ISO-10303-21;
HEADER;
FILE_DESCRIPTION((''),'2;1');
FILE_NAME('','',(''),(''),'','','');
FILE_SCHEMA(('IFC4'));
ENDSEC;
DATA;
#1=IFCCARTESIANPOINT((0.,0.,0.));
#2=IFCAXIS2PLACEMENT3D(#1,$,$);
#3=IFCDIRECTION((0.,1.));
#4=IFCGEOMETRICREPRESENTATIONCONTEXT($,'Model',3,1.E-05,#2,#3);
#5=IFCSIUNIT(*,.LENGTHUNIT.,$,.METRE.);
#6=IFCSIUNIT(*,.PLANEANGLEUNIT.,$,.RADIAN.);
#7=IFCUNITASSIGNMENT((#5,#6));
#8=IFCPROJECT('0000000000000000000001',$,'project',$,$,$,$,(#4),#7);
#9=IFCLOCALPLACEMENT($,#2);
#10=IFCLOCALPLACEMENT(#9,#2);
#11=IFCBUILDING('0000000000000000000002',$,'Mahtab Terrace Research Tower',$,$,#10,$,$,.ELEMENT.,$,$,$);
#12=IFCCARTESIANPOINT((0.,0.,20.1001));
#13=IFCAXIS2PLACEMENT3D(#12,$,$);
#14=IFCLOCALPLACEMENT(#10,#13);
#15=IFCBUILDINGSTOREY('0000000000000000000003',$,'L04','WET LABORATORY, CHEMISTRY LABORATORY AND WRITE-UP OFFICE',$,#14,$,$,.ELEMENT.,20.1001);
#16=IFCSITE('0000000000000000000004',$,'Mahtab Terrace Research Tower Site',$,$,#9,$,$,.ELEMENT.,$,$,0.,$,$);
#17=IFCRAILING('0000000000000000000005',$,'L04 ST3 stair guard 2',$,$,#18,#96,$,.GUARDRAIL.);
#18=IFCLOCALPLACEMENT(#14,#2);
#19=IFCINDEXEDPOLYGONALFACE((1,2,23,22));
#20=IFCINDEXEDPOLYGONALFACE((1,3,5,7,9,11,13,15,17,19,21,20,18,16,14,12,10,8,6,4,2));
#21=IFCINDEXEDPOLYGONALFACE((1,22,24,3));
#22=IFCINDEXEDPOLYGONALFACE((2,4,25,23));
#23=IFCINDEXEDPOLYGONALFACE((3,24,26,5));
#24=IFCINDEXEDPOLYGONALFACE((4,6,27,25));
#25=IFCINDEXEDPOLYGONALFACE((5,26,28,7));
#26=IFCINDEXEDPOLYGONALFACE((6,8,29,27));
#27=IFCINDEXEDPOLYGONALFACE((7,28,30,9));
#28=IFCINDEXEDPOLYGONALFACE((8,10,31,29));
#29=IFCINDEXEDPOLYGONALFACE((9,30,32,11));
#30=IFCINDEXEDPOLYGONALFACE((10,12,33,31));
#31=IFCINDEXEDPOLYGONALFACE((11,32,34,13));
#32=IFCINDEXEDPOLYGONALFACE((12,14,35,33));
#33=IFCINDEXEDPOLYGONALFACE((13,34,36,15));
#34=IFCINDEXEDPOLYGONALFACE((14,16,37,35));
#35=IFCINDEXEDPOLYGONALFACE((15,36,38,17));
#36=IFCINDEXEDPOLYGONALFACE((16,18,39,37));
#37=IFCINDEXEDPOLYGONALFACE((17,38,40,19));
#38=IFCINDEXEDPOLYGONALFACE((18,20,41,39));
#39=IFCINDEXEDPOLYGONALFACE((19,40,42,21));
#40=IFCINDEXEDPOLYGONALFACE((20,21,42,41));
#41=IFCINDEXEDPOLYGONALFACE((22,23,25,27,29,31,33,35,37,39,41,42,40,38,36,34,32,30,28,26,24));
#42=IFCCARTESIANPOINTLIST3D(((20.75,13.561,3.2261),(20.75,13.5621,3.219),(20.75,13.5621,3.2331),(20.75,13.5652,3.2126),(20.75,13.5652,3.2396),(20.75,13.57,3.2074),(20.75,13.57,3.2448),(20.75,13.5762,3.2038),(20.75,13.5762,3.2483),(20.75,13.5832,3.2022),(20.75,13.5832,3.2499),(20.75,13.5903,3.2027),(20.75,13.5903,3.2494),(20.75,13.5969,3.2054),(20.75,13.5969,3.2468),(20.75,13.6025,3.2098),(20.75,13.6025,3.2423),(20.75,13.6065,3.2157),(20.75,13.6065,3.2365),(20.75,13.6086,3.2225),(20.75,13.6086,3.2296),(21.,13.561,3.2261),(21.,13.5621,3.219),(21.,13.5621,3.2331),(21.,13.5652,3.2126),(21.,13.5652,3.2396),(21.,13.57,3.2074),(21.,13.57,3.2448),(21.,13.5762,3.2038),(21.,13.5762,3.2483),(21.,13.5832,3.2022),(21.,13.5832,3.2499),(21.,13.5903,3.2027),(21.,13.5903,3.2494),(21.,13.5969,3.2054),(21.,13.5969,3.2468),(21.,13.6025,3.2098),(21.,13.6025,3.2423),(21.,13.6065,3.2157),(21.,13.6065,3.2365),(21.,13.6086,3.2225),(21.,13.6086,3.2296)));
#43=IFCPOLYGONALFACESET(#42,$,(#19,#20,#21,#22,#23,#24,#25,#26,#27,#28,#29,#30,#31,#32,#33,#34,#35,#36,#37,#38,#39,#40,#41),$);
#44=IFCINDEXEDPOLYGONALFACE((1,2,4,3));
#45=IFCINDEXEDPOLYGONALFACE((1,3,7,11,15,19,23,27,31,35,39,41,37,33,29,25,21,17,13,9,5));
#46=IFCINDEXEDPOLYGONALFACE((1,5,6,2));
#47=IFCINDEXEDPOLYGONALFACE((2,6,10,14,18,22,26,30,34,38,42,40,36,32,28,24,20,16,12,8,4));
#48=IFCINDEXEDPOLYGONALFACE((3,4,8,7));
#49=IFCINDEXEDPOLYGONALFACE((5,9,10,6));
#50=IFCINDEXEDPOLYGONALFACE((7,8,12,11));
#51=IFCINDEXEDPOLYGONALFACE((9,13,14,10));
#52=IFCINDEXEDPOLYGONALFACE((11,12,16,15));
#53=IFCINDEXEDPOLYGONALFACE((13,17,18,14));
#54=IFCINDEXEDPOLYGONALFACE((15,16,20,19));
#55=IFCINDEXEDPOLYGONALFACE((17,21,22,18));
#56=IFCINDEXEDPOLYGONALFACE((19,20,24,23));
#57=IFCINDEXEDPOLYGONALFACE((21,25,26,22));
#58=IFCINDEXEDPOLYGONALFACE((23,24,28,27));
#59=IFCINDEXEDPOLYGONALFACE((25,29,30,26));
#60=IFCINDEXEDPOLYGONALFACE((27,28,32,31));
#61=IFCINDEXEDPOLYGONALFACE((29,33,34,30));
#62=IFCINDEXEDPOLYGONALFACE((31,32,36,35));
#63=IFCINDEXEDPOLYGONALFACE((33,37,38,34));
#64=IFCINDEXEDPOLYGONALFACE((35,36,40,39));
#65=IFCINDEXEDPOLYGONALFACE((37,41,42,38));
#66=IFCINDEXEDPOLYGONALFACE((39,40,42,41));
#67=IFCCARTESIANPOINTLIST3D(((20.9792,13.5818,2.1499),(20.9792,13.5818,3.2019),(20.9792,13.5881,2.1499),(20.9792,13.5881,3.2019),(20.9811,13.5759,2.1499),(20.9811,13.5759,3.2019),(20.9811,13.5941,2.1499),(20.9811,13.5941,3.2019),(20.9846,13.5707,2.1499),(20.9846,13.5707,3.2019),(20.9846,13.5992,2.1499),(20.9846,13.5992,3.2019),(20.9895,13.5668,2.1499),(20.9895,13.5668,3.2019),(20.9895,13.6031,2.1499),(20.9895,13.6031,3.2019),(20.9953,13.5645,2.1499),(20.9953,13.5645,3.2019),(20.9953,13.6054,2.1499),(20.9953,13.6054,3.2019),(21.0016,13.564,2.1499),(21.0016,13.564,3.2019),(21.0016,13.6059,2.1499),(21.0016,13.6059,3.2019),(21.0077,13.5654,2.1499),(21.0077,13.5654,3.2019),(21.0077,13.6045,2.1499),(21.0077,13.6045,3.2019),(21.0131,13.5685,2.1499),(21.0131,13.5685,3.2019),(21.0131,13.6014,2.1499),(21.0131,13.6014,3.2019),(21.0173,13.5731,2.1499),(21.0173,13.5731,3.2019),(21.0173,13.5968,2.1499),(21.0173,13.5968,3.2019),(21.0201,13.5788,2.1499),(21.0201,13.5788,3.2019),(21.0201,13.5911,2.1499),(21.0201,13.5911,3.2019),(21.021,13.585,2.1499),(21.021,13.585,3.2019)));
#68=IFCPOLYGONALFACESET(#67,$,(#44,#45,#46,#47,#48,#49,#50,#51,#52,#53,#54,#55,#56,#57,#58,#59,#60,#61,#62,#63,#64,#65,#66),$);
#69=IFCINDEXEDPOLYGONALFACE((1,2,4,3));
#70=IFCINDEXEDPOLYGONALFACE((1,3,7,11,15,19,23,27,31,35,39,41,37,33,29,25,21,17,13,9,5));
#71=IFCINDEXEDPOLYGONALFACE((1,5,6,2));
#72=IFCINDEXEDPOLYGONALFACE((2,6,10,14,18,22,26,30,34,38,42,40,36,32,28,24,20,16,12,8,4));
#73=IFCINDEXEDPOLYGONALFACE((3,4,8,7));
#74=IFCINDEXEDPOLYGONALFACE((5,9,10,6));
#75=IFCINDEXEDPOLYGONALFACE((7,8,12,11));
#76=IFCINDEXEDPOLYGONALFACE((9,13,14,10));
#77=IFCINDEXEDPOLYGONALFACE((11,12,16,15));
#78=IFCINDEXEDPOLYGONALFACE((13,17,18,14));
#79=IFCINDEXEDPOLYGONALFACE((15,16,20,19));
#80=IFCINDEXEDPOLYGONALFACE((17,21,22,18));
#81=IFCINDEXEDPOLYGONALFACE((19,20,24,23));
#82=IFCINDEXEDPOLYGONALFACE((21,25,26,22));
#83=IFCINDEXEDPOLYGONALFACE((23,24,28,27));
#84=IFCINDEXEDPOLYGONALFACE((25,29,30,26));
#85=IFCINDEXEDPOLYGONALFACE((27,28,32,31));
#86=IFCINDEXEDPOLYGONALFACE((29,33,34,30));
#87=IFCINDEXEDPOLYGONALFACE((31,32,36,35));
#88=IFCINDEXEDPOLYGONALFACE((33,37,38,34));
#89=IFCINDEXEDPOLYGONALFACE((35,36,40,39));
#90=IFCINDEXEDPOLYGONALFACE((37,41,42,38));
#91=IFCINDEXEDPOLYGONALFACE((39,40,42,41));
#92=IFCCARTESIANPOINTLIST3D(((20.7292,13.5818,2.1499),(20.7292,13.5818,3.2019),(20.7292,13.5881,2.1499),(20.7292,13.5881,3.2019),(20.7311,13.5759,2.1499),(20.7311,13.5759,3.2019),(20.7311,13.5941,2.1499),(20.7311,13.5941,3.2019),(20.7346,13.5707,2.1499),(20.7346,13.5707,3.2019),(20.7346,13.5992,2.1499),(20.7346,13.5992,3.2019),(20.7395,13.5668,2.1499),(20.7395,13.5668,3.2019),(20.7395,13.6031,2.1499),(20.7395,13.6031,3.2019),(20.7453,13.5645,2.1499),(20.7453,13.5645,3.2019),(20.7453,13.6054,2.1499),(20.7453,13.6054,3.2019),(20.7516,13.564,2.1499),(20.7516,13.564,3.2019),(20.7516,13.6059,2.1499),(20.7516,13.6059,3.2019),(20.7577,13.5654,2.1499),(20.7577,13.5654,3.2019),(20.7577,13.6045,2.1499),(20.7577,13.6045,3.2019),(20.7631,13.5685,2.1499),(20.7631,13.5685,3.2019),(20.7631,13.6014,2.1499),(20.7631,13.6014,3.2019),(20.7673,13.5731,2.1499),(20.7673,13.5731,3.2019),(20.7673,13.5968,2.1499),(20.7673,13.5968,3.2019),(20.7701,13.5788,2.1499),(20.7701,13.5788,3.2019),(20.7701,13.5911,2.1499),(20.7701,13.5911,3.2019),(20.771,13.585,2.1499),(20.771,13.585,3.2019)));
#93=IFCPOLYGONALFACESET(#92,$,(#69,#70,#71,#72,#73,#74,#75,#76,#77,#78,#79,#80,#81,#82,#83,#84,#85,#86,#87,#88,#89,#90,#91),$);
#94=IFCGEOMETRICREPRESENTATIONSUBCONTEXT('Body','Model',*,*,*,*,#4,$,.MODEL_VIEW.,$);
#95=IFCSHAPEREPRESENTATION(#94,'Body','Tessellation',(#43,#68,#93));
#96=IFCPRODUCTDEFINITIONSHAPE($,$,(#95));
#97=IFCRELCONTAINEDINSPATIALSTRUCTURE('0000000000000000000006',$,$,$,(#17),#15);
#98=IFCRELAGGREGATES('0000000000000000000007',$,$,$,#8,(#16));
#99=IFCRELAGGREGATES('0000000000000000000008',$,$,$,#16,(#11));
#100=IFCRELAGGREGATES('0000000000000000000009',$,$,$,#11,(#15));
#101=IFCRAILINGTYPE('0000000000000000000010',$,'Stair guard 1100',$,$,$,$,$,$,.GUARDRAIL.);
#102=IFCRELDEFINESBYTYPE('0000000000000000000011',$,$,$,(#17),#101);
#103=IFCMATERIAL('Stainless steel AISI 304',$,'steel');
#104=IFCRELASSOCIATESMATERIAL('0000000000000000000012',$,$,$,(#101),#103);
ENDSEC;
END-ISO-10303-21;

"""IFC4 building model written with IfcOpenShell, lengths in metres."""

from ifc_helpers import new_model, si_unit, direction, frame, origin, origin_2d, place, context, subcontext, project, spatial, circle, extrude, material, type_object, element, save


model = new_model("IFC4")

# Units and contexts
model_context = context("Model", 3, precision=1e-05, world=origin(), true_north=direction((0.0, 1.0)))
body_context = subcontext(model_context, "Body", "Model", "MODEL_VIEW")
ifc_project = project(units=[si_unit("LENGTHUNIT", "METRE"), si_unit("PLANEANGLEUNIT", "RADIAN")], contexts=[model_context])

# Site, building, storey
site_placement = place(None, origin())
site = spatial("IfcSite", under=ifc_project, at=site_placement, Name="Mahtab Terrace Research Tower Site", CompositionType="ELEMENT", RefElevation=0.0)
building_placement = place(site_placement, origin())
building = spatial("IfcBuilding", under=site, at=building_placement, Name="Mahtab Terrace Research Tower", CompositionType="ELEMENT")
storey_placement = place(building_placement, frame((0.0, 0.0, 20.1001)))
storey = spatial("IfcBuildingStorey", under=building, at=storey_placement, Name="L04", Description="WET LABORATORY, CHEMISTRY LABORATORY AND WRITE-UP OFFICE", CompositionType="ELEMENT", Elevation=20.1001)

# Shared definitions
ifc_material_1 = material(Name="Stainless steel AISI 304", Category="steel")

# Railing
railing_type_1 = type_object("IfcRailingType", Name="Stair guard 1100", PredefinedType="GUARDRAIL", material=ifc_material_1)
railing_1_placement = place(storey_placement, frame((21.0, 13.585, 2.1499)))
element("IfcRailing", 1, at=railing_1_placement, inside=storey, type_object=railing_type_1, Name="L04 ST3 stair guard 2", PredefinedType="GUARDRAIL", context=body_context, shape_type="SweptSolid", body=[
    extrude(circle(Radius=0.0239, at=origin_2d()), frame((0.0, 0.0, 1.0762), z_axis=(-1.0, 0.0, 0.0), x_axis=(0.0, -1.0, 0.0)), (0.0, 0.0, 1.0), 0.25),
    extrude(circle(Radius=0.021, at=origin_2d()), origin(), (0.0, 0.0, 1.0), 1.052),
    extrude(circle(Radius=0.021, at=origin_2d()), frame((-0.25, 0.0, 0.0)), (0.0, 0.0, 1.0), 1.052),
])

save(model, "model.ifc")
